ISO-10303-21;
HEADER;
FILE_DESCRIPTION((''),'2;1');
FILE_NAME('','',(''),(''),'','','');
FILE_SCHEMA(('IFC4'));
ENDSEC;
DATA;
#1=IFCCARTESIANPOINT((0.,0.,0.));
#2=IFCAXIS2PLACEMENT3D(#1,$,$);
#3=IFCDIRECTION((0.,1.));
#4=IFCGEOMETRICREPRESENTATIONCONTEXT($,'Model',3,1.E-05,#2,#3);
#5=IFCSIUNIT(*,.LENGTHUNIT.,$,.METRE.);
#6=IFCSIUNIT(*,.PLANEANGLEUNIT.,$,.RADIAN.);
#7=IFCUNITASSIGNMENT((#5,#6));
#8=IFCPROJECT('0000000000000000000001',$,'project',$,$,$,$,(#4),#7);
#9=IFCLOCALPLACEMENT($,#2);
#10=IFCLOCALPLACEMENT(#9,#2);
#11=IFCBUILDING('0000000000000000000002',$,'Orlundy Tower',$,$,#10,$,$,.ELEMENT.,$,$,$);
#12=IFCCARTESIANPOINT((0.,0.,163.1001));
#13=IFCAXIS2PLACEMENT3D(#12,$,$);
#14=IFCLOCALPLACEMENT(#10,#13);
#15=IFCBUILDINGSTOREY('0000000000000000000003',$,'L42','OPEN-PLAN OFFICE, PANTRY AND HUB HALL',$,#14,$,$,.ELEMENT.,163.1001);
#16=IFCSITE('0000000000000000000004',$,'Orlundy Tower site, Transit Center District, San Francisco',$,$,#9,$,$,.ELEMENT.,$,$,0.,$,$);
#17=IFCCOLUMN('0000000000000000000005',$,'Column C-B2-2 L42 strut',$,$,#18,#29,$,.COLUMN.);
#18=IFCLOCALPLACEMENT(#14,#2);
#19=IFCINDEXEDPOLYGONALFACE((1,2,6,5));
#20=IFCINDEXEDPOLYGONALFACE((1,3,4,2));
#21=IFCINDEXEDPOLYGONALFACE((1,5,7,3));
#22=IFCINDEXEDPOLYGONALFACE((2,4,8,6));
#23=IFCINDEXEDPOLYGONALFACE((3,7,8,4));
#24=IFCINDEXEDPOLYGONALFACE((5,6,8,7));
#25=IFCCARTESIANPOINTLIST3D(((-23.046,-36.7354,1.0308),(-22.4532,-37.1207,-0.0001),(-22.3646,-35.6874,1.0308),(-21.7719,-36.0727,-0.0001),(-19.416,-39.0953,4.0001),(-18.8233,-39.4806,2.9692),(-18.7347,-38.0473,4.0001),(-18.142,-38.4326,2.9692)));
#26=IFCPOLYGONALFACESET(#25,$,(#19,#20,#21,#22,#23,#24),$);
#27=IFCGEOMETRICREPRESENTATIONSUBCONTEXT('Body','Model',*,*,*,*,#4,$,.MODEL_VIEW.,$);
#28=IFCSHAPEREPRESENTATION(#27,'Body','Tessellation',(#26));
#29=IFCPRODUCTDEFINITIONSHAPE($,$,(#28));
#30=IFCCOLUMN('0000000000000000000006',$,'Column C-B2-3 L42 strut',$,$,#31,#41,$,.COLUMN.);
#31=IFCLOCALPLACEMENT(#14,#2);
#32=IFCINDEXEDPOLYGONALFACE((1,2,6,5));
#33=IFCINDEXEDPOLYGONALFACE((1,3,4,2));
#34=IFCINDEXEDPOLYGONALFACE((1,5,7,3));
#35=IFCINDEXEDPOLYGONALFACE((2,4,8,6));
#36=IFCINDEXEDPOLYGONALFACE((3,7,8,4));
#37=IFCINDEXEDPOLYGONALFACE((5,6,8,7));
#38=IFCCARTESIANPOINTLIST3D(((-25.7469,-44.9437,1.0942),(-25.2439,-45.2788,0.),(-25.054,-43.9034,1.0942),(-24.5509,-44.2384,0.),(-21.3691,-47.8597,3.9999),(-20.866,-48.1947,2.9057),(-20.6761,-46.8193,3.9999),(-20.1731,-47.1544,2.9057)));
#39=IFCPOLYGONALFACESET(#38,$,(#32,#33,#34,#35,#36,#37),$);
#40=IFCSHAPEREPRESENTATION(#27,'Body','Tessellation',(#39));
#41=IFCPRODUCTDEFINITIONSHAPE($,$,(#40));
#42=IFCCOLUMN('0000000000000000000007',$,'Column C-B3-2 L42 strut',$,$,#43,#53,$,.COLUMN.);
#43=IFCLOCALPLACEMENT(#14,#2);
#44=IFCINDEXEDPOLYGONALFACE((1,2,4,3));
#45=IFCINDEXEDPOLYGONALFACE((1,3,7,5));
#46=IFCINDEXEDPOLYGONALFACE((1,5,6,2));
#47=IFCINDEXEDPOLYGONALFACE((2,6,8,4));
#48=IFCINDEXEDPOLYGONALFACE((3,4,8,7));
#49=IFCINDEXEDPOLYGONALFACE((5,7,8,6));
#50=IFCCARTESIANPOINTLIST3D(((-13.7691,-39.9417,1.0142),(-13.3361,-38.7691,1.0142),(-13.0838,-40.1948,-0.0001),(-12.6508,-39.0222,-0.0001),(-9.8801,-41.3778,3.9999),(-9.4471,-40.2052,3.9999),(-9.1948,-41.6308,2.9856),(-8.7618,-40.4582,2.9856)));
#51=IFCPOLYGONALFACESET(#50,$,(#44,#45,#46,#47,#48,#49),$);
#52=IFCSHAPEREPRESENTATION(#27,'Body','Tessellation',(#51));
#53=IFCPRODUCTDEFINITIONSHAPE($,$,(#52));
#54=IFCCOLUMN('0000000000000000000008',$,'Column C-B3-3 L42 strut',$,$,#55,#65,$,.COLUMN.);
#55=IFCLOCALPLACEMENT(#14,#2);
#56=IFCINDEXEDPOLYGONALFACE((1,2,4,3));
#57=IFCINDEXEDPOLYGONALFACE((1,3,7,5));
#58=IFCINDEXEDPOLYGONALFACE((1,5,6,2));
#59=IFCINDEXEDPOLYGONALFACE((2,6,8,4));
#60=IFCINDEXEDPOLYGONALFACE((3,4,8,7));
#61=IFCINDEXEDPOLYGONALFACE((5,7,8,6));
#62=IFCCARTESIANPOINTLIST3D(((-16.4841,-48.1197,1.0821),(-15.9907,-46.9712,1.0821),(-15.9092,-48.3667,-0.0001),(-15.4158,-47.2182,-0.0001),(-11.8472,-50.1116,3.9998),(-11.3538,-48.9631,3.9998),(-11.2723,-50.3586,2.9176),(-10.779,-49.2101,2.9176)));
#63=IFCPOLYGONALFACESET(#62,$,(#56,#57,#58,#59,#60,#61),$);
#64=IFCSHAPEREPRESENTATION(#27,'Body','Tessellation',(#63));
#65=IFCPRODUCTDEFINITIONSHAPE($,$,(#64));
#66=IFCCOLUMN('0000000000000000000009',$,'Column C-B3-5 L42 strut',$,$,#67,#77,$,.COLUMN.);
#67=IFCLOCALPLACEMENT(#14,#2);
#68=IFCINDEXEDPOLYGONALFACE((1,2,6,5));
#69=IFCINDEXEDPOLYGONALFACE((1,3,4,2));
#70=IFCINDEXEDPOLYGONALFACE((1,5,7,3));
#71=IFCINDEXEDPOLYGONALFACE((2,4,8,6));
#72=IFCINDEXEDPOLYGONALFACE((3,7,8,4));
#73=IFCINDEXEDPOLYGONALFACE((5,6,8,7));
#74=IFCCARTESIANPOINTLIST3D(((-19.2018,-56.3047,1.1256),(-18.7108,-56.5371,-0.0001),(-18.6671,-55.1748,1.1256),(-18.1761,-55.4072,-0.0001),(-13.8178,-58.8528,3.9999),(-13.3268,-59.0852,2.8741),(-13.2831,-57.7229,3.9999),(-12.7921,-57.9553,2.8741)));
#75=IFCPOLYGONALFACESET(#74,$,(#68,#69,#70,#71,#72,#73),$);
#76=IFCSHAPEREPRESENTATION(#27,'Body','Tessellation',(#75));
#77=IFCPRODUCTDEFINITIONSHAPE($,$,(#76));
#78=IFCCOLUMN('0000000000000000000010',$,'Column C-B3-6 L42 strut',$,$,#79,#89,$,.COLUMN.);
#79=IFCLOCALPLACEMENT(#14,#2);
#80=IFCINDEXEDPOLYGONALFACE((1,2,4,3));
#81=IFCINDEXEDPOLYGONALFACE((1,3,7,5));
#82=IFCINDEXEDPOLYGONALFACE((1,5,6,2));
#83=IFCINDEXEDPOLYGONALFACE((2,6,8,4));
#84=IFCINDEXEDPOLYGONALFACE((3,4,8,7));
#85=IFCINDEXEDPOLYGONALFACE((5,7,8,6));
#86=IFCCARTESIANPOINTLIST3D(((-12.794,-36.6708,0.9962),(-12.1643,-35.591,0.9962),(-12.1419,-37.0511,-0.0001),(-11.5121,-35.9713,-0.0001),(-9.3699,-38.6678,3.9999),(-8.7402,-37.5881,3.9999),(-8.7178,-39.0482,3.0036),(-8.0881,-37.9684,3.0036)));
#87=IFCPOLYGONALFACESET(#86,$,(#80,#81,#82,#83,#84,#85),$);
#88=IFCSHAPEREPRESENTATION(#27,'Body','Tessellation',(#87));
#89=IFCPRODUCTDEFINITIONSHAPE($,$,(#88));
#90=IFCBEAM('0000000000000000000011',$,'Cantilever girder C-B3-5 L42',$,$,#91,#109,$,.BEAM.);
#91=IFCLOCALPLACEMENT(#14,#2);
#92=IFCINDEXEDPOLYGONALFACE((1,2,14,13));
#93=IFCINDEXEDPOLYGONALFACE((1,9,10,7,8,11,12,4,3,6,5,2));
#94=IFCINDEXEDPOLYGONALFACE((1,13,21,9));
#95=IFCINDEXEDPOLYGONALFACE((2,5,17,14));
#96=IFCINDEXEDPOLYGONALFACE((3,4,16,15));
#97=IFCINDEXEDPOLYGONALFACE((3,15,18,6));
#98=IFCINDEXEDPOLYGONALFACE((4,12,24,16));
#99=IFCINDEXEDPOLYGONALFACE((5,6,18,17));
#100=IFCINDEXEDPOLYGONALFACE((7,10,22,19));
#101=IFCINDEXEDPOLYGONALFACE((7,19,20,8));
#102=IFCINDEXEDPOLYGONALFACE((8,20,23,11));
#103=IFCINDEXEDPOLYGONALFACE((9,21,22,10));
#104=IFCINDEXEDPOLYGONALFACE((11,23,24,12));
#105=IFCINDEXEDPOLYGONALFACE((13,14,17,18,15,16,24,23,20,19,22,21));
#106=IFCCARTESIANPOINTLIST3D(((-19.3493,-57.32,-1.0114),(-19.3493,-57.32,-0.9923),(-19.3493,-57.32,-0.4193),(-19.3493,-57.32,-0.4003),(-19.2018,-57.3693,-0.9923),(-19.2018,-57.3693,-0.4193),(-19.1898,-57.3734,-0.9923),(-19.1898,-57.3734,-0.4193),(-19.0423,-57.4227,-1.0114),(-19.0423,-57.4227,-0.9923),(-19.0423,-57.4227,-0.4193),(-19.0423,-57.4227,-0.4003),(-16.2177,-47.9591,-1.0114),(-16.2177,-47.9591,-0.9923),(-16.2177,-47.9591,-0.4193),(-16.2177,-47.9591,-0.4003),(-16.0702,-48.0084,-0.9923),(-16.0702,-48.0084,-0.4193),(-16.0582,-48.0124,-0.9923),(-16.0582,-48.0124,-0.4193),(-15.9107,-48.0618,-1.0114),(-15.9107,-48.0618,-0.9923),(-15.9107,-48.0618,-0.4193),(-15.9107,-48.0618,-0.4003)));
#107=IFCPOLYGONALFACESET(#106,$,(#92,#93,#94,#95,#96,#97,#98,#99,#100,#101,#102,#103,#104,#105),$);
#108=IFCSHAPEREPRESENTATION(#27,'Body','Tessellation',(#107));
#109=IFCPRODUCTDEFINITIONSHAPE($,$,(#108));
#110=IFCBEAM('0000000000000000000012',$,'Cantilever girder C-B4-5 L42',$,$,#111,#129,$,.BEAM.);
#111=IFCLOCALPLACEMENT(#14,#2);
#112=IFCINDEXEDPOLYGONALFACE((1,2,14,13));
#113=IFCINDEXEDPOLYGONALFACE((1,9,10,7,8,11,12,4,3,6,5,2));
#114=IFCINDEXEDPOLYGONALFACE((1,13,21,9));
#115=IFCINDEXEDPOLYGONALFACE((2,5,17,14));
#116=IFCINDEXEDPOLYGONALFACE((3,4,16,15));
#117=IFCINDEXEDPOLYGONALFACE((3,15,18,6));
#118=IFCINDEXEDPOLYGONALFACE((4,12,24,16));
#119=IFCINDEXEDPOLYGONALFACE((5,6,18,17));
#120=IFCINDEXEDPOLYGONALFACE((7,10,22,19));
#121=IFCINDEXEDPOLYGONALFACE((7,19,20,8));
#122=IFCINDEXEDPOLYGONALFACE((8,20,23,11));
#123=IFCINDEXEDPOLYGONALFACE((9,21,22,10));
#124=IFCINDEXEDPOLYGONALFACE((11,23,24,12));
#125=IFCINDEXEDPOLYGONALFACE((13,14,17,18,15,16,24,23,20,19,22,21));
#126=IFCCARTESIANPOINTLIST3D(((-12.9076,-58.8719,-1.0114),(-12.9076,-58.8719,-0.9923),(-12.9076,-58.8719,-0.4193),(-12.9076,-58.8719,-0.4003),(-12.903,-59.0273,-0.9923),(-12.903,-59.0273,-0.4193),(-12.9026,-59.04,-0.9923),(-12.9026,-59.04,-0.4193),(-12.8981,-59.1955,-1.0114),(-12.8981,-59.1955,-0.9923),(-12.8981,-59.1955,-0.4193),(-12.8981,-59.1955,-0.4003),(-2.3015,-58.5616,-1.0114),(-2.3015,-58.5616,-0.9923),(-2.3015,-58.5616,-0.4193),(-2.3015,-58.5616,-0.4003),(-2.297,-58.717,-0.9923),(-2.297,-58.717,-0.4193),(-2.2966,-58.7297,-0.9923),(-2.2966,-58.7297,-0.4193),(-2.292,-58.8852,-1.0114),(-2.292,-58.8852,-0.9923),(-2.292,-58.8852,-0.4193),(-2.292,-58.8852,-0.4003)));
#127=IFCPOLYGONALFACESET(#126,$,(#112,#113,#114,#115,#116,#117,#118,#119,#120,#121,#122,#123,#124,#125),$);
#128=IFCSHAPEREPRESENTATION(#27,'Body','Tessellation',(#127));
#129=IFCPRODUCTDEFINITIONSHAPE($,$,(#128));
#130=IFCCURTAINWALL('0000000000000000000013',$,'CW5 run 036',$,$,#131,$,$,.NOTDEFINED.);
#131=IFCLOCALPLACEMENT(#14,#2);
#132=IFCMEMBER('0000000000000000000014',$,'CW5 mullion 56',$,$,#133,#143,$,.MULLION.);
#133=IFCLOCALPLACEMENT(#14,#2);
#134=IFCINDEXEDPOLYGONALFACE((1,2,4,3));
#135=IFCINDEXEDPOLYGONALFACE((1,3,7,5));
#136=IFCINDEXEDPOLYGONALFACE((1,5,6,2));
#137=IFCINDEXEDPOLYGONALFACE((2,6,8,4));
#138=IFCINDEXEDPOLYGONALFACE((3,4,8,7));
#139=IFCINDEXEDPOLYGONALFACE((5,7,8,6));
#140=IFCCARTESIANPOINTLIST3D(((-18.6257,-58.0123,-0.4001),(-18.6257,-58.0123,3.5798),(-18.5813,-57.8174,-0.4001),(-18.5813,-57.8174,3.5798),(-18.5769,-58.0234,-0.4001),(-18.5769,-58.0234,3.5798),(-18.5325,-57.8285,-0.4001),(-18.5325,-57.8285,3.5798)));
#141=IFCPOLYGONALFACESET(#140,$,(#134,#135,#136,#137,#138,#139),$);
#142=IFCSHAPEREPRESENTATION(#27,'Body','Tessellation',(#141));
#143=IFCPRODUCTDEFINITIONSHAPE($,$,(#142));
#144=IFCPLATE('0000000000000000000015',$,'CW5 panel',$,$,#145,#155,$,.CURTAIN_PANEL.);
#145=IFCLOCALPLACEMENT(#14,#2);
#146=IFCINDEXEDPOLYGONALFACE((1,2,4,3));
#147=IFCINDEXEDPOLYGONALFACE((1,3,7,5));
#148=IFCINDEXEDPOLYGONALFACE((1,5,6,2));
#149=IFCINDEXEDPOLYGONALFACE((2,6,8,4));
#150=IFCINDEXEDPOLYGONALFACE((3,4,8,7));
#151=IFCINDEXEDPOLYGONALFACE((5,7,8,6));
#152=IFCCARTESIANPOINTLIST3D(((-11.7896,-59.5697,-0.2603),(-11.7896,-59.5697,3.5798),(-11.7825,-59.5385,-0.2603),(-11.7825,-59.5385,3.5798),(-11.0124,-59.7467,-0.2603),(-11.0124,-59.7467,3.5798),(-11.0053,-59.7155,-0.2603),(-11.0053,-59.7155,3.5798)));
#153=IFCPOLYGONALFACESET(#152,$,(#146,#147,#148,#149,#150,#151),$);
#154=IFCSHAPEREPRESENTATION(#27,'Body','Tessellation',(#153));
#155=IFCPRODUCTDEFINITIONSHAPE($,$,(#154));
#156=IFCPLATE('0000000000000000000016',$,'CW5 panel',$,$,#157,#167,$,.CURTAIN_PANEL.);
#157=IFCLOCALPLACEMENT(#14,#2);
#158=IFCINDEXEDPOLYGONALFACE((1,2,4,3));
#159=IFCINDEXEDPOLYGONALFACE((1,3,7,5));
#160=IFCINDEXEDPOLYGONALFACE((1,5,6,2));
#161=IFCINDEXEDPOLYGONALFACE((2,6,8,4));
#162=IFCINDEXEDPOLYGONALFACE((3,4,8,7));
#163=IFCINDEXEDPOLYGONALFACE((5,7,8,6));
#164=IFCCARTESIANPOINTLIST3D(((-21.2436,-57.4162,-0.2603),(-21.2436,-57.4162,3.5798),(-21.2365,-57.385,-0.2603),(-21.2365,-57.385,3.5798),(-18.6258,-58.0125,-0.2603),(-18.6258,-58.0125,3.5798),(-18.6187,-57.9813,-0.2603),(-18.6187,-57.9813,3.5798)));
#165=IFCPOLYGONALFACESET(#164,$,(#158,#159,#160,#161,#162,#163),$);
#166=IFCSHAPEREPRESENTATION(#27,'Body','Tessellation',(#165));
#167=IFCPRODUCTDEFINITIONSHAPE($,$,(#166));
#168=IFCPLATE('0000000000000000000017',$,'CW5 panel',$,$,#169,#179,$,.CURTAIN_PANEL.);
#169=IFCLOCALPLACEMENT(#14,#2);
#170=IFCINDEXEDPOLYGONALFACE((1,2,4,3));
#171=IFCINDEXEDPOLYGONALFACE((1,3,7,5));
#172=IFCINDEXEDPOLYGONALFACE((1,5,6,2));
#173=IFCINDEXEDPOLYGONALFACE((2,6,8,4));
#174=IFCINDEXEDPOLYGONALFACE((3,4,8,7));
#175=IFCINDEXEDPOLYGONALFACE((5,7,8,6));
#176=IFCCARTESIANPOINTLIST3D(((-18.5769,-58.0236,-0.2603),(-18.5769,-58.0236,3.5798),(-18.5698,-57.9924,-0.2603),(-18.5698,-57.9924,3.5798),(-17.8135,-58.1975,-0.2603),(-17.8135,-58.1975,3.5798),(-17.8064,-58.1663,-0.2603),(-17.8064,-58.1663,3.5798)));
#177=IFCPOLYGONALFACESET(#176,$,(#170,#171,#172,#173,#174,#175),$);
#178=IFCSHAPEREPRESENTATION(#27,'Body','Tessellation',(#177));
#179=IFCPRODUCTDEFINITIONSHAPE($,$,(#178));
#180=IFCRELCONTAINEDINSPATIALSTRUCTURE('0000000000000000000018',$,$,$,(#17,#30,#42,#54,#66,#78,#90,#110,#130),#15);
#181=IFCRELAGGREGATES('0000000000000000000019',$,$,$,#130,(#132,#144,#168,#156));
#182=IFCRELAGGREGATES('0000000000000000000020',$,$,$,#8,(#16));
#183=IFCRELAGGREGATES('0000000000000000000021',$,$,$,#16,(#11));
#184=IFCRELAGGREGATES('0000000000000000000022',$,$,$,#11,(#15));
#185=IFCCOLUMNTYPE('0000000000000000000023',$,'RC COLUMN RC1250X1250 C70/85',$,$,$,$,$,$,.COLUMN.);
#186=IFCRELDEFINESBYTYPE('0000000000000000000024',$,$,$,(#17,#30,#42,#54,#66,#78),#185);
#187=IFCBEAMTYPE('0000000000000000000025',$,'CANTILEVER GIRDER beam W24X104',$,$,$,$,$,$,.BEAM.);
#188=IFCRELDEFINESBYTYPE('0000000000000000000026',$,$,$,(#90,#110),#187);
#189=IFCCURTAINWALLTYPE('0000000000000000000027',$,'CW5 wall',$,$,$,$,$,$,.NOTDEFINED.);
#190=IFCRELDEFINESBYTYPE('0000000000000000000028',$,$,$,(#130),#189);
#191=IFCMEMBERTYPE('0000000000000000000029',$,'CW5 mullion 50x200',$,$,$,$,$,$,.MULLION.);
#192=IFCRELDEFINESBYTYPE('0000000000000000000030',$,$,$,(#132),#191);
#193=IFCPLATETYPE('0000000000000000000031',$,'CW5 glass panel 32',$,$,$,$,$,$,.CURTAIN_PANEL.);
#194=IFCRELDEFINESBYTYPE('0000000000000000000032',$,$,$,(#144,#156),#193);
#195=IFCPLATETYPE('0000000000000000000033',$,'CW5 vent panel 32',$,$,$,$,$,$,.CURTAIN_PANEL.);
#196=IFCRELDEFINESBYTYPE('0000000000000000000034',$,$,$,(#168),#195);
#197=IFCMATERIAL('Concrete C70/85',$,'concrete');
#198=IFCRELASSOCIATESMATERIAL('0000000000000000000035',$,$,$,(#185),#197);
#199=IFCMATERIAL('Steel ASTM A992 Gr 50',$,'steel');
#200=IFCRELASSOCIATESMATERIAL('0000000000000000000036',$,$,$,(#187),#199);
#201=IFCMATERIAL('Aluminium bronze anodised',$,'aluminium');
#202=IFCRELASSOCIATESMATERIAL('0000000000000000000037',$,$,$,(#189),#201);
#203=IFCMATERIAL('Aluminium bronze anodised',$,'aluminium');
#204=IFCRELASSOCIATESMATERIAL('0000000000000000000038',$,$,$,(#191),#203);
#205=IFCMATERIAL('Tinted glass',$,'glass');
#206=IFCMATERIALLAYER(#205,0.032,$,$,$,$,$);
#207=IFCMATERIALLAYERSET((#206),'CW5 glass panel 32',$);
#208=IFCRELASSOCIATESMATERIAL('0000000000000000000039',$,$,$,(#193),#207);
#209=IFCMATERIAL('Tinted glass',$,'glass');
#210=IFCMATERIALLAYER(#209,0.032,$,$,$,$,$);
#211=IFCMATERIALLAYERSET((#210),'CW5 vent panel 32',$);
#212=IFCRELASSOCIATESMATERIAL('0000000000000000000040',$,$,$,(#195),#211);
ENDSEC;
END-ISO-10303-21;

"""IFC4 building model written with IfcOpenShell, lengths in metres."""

from ifc_helpers import new_model, si_unit, direction, frame, origin, origin_2d, place, context, subcontext, project, spatial, rectangle, i_section, extrude, material, layer, layer_set, material_profile, profile_set, type_object, element, aggregate, save


model = new_model("IFC4")

# Units and contexts
model_context = context("Model", 3, precision=1e-05, world=origin(), true_north=direction((0.0, 1.0)))
body_context = subcontext(model_context, "Body", "Model", "MODEL_VIEW")
ifc_project = project(units=[si_unit("LENGTHUNIT", "METRE"), si_unit("PLANEANGLEUNIT", "RADIAN")], contexts=[model_context])

# Site, building, storey
site_placement = place(None, origin())
site = spatial("IfcSite", under=ifc_project, at=site_placement, Name="Orlundy Tower site, Transit Center District, San Francisco", CompositionType="ELEMENT", RefElevation=0.0)
building_placement = place(site_placement, origin())
building = spatial("IfcBuilding", under=site, at=building_placement, Name="Orlundy Tower", CompositionType="ELEMENT")
storey_placement = place(building_placement, frame((0.0, 0.0, 163.1001)))
storey = spatial("IfcBuildingStorey", under=building, at=storey_placement, Name="L42", Description="OPEN-PLAN OFFICE, PANTRY AND HUB HALL", CompositionType="ELEMENT", Elevation=163.1001)

# Columns
ifc_material_1 = material(Name="Concrete C70/85", Category="concrete")
ifc_material_profile_1 = material_profile(ifc_material_1, rectangle(XDim=1.25, YDim=1.25, at=origin_2d()), Name="RC1250X1250")
ifc_profile_set_1 = profile_set([ifc_material_profile_1], Name="Concrete C70/85")
column_type = type_object("IfcColumnType", Name="RC COLUMN RC1250X1250 C70/85", PredefinedType="COLUMN", material=ifc_profile_set_1)
column_1_placement = place(storey_placement, frame((-22.4089, -36.4041, 0.5154), z_axis=(0.69142, -0.449507, 0.565581), x_axis=(0.54506, 0.838397, 0.0)))
element("IfcColumn", 1, at=column_1_placement, inside=storey, type_object=column_type, Name="Column C-B2-2 L42 strut", PredefinedType="COLUMN", context=body_context, shape_type="SweptSolid", body=[
    extrude(rectangle(XDim=1.25, YDim=1.25, at=origin_2d()), origin(), (0.0, 0.0, 1.0), 5.25),
])
column_2_placement = place(storey_placement, frame((-25.1489, -44.5911, 0.5471), z_axis=(0.728514, -0.485243, 0.483536), x_axis=(0.554357, 0.832279, 0.0)))
element("IfcColumn", 2, at=column_2_placement, inside=storey, type_object=column_type, Name="Column C-B2-3 L42 strut", PredefinedType="COLUMN", context=body_context, shape_type="SweptSolid", body=[
    extrude(rectangle(XDim=1.25, YDim=1.25, at=origin_2d()), origin(), (0.0, 0.0, 1.0), 6.0093),
])
column_3_placement = place(storey_placement, frame((-13.21, -39.4819, 0.5071), z_axis=(0.761222, -0.281092, 0.584405), x_axis=(0.346401, 0.938086, 0.0)))
element("IfcColumn", 3, at=column_3_placement, inside=storey, type_object=column_type, Name="Column C-B3-2 L42 strut", PredefinedType="COLUMN", context=body_context, shape_type="SweptSolid", body=[
    extrude(rectangle(XDim=1.25, YDim=1.25, at=origin_2d()), origin(), (0.0, 0.0, 1.0), 5.1089),
])
column_4_placement = place(storey_placement, frame((-15.95, -47.6689, 0.541), z_axis=(0.795439, -0.341704, 0.500515), x_axis=(0.394702, 0.918809, 0.0)))
element("IfcColumn", 4, at=column_4_placement, inside=storey, type_object=column_type, Name="Column C-B3-3 L42 strut", PredefinedType="COLUMN", context=body_context, shape_type="SweptSolid", body=[
    extrude(rectangle(XDim=1.25, YDim=1.25, at=origin_2d()), origin(), (0.0, 0.0, 1.0), 5.8293),
])
column_5_placement = place(storey_placement, frame((-18.689, -55.856, 0.5627), z_axis=(0.814064, -0.385271, 0.434588), x_axis=(0.42778, 0.903883, 0.0)))
element("IfcColumn", 5, at=column_5_placement, inside=storey, type_object=column_type, Name="Column C-B3-5 L42 strut", PredefinedType="COLUMN", context=body_context, shape_type="SweptSolid", body=[
    extrude(rectangle(XDim=1.25, YDim=1.25, at=origin_2d()), origin(), (0.0, 0.0, 1.0), 6.6138),
])
column_6_placement = place(storey_placement, frame((-12.1531, -36.321, 0.498), z_axis=(0.688479, -0.401552, 0.603947), x_axis=(0.503814, 0.863812, 0.0)))
element("IfcColumn", 6, at=column_6_placement, inside=storey, type_object=column_type, Name="Column C-B3-6 L42 strut", PredefinedType="COLUMN", context=body_context, shape_type="SweptSolid", body=[
    extrude(rectangle(XDim=1.25, YDim=1.25, at=origin_2d()), origin(), (0.0, 0.0, 1.0), 4.9734),
])

# Beams
ifc_material_2 = material(Name="Steel ASTM A992 Gr 50", Category="steel")
ifc_material_profile_2 = material_profile(ifc_material_2, i_section(OverallWidth=0.3237, OverallDepth=0.6111, WebThickness=0.0127, FlangeThickness=0.019, at=origin_2d()), Name="W24X104")
ifc_profile_set_2 = profile_set([ifc_material_profile_2], Name="Steel ASTM A992 Gr 50")
beam_type = type_object("IfcBeamType", Name="CANTILEVER GIRDER beam W24X104", PredefinedType="BEAM", material=ifc_profile_set_2)
beam_1_placement = place(storey_placement, frame((-19.1958, -57.3713, -0.7058), z_axis=(0.317259, 0.948339, 0.0), x_axis=(-0.948339, 0.317259, 0.0)))
element("IfcBeam", 7, at=beam_1_placement, inside=storey, type_object=beam_type, Name="Cantilever girder C-B3-5 L42", PredefinedType="BEAM", context=body_context, shape_type="SweptSolid", body=[
    extrude(i_section(OverallWidth=0.3237, OverallDepth=0.6111, WebThickness=0.0127, FlangeThickness=0.019, at=origin_2d()), origin(), (0.0, 0.0, 1.0), 9.8708),
])
beam_2_placement = place(storey_placement, frame((-12.9028, -59.0337, -0.7058), z_axis=(0.999572, 0.029245, 0.0), x_axis=(-0.029245, 0.999572, 0.0)))
element("IfcBeam", 8, at=beam_2_placement, inside=storey, type_object=beam_type, Name="Cantilever girder C-B4-5 L42", PredefinedType="BEAM", context=body_context, shape_type="SweptSolid", body=[
    extrude(i_section(OverallWidth=0.3237, OverallDepth=0.6111, WebThickness=0.0127, FlangeThickness=0.019, at=origin_2d()), origin(), (0.0, 0.0, 1.0), 10.6106),
])

# Curtain wall, member, plates
ifc_material_3 = material(Name="Aluminium bronze anodised", Category="aluminium")
curtain_wall_type = type_object("IfcCurtainWallType", Name="CW5 wall", PredefinedType="NOTDEFINED", material=ifc_material_3)
curtain_wall_placement = place(storey_placement, origin())
curtain_wall = element("IfcCurtainWall", 9, at=curtain_wall_placement, inside=storey, type_object=curtain_wall_type, Name="CW5 run 036", PredefinedType="NOTDEFINED")
ifc_material_4 = material(Name="Aluminium bronze anodised", Category="aluminium")
ifc_material_profile_3 = material_profile(ifc_material_4, rectangle(XDim=0.2, YDim=0.05, at=origin_2d()), Name="CW5 mullion 50x200")
ifc_profile_set_3 = profile_set([ifc_material_profile_3], Name="Aluminium bronze anodised")
member_type = type_object("IfcMemberType", Name="CW5 mullion 50x200", PredefinedType="MULLION", material=ifc_profile_set_3)
member_placement = place(storey_placement, frame((-18.5791, -57.9204, -0.4001), z_axis=(0.0, 0.0, 1.0), x_axis=(-0.22209, -0.975026, 0.0)))
member = element("IfcMember", 10, at=member_placement, type_object=member_type, Name="CW5 mullion 56", PredefinedType="MULLION", context=body_context, shape_type="SweptSolid", body=[
    extrude(rectangle(XDim=0.2, YDim=0.05, at=origin_2d()), origin(), (0.0, 0.0, 1.0), 3.98),
])
ifc_material_5 = material(Name="Tinted glass", Category="glass")
ifc_layer_1 = layer(ifc_material_5, 0.032)
ifc_layer_set_1 = layer_set([ifc_layer_1], Name="CW5 glass panel 32")
plate_type_1 = type_object("IfcPlateType", Name="CW5 glass panel 32", PredefinedType="CURTAIN_PANEL", material=ifc_layer_set_1)
plate_1_placement = place(storey_placement, frame((-11.3975, -59.6426, -0.2603), z_axis=(0.0, 0.0, 1.0), x_axis=(-0.975026, 0.22209, 0.0)))
plate_1 = element("IfcPlate", 11, at=plate_1_placement, type_object=plate_type_1, Name="CW5 panel", PredefinedType="CURTAIN_PANEL", context=body_context, shape_type="SweptSolid", body=[
    extrude(rectangle(XDim=0.7971, YDim=0.032, at=origin_2d()), origin(), (0.0, 0.0, 1.0), 3.8401),
])
plate_2_placement = place(storey_placement, frame((-19.9312, -57.6987, -0.2603), z_axis=(0.0, 0.0, 1.0), x_axis=(-0.975026, 0.22209, 0.0)))
plate_2 = element("IfcPlate", 12, at=plate_2_placement, type_object=plate_type_1, Name="CW5 panel", PredefinedType="CURTAIN_PANEL", context=body_context, shape_type="SweptSolid", body=[
    extrude(rectangle(XDim=2.6848, YDim=0.032, at=origin_2d()), origin(), (0.0, 0.0, 1.0), 3.8401),
])
ifc_material_6 = material(Name="Tinted glass", Category="glass")
ifc_layer_2 = layer(ifc_material_6, 0.032)
ifc_layer_set_2 = layer_set([ifc_layer_2], Name="CW5 vent panel 32")
plate_type_2 = type_object("IfcPlateType", Name="CW5 vent panel 32", PredefinedType="CURTAIN_PANEL", material=ifc_layer_set_2)
plate_3_placement = place(storey_placement, frame((-18.1917, -58.095, -0.2603), z_axis=(0.0, 0.0, 1.0), x_axis=(-0.975026, 0.22209, 0.0)))
plate_3 = element("IfcPlate", 13, at=plate_3_placement, type_object=plate_type_2, Name="CW5 panel", PredefinedType="CURTAIN_PANEL", context=body_context, shape_type="SweptSolid", body=[
    extrude(rectangle(XDim=0.783, YDim=0.032, at=origin_2d()), origin(), (0.0, 0.0, 1.0), 3.8401),
])
aggregate(curtain_wall, [member, plate_1, plate_3, plate_2])

save(model, "model.ifc")
